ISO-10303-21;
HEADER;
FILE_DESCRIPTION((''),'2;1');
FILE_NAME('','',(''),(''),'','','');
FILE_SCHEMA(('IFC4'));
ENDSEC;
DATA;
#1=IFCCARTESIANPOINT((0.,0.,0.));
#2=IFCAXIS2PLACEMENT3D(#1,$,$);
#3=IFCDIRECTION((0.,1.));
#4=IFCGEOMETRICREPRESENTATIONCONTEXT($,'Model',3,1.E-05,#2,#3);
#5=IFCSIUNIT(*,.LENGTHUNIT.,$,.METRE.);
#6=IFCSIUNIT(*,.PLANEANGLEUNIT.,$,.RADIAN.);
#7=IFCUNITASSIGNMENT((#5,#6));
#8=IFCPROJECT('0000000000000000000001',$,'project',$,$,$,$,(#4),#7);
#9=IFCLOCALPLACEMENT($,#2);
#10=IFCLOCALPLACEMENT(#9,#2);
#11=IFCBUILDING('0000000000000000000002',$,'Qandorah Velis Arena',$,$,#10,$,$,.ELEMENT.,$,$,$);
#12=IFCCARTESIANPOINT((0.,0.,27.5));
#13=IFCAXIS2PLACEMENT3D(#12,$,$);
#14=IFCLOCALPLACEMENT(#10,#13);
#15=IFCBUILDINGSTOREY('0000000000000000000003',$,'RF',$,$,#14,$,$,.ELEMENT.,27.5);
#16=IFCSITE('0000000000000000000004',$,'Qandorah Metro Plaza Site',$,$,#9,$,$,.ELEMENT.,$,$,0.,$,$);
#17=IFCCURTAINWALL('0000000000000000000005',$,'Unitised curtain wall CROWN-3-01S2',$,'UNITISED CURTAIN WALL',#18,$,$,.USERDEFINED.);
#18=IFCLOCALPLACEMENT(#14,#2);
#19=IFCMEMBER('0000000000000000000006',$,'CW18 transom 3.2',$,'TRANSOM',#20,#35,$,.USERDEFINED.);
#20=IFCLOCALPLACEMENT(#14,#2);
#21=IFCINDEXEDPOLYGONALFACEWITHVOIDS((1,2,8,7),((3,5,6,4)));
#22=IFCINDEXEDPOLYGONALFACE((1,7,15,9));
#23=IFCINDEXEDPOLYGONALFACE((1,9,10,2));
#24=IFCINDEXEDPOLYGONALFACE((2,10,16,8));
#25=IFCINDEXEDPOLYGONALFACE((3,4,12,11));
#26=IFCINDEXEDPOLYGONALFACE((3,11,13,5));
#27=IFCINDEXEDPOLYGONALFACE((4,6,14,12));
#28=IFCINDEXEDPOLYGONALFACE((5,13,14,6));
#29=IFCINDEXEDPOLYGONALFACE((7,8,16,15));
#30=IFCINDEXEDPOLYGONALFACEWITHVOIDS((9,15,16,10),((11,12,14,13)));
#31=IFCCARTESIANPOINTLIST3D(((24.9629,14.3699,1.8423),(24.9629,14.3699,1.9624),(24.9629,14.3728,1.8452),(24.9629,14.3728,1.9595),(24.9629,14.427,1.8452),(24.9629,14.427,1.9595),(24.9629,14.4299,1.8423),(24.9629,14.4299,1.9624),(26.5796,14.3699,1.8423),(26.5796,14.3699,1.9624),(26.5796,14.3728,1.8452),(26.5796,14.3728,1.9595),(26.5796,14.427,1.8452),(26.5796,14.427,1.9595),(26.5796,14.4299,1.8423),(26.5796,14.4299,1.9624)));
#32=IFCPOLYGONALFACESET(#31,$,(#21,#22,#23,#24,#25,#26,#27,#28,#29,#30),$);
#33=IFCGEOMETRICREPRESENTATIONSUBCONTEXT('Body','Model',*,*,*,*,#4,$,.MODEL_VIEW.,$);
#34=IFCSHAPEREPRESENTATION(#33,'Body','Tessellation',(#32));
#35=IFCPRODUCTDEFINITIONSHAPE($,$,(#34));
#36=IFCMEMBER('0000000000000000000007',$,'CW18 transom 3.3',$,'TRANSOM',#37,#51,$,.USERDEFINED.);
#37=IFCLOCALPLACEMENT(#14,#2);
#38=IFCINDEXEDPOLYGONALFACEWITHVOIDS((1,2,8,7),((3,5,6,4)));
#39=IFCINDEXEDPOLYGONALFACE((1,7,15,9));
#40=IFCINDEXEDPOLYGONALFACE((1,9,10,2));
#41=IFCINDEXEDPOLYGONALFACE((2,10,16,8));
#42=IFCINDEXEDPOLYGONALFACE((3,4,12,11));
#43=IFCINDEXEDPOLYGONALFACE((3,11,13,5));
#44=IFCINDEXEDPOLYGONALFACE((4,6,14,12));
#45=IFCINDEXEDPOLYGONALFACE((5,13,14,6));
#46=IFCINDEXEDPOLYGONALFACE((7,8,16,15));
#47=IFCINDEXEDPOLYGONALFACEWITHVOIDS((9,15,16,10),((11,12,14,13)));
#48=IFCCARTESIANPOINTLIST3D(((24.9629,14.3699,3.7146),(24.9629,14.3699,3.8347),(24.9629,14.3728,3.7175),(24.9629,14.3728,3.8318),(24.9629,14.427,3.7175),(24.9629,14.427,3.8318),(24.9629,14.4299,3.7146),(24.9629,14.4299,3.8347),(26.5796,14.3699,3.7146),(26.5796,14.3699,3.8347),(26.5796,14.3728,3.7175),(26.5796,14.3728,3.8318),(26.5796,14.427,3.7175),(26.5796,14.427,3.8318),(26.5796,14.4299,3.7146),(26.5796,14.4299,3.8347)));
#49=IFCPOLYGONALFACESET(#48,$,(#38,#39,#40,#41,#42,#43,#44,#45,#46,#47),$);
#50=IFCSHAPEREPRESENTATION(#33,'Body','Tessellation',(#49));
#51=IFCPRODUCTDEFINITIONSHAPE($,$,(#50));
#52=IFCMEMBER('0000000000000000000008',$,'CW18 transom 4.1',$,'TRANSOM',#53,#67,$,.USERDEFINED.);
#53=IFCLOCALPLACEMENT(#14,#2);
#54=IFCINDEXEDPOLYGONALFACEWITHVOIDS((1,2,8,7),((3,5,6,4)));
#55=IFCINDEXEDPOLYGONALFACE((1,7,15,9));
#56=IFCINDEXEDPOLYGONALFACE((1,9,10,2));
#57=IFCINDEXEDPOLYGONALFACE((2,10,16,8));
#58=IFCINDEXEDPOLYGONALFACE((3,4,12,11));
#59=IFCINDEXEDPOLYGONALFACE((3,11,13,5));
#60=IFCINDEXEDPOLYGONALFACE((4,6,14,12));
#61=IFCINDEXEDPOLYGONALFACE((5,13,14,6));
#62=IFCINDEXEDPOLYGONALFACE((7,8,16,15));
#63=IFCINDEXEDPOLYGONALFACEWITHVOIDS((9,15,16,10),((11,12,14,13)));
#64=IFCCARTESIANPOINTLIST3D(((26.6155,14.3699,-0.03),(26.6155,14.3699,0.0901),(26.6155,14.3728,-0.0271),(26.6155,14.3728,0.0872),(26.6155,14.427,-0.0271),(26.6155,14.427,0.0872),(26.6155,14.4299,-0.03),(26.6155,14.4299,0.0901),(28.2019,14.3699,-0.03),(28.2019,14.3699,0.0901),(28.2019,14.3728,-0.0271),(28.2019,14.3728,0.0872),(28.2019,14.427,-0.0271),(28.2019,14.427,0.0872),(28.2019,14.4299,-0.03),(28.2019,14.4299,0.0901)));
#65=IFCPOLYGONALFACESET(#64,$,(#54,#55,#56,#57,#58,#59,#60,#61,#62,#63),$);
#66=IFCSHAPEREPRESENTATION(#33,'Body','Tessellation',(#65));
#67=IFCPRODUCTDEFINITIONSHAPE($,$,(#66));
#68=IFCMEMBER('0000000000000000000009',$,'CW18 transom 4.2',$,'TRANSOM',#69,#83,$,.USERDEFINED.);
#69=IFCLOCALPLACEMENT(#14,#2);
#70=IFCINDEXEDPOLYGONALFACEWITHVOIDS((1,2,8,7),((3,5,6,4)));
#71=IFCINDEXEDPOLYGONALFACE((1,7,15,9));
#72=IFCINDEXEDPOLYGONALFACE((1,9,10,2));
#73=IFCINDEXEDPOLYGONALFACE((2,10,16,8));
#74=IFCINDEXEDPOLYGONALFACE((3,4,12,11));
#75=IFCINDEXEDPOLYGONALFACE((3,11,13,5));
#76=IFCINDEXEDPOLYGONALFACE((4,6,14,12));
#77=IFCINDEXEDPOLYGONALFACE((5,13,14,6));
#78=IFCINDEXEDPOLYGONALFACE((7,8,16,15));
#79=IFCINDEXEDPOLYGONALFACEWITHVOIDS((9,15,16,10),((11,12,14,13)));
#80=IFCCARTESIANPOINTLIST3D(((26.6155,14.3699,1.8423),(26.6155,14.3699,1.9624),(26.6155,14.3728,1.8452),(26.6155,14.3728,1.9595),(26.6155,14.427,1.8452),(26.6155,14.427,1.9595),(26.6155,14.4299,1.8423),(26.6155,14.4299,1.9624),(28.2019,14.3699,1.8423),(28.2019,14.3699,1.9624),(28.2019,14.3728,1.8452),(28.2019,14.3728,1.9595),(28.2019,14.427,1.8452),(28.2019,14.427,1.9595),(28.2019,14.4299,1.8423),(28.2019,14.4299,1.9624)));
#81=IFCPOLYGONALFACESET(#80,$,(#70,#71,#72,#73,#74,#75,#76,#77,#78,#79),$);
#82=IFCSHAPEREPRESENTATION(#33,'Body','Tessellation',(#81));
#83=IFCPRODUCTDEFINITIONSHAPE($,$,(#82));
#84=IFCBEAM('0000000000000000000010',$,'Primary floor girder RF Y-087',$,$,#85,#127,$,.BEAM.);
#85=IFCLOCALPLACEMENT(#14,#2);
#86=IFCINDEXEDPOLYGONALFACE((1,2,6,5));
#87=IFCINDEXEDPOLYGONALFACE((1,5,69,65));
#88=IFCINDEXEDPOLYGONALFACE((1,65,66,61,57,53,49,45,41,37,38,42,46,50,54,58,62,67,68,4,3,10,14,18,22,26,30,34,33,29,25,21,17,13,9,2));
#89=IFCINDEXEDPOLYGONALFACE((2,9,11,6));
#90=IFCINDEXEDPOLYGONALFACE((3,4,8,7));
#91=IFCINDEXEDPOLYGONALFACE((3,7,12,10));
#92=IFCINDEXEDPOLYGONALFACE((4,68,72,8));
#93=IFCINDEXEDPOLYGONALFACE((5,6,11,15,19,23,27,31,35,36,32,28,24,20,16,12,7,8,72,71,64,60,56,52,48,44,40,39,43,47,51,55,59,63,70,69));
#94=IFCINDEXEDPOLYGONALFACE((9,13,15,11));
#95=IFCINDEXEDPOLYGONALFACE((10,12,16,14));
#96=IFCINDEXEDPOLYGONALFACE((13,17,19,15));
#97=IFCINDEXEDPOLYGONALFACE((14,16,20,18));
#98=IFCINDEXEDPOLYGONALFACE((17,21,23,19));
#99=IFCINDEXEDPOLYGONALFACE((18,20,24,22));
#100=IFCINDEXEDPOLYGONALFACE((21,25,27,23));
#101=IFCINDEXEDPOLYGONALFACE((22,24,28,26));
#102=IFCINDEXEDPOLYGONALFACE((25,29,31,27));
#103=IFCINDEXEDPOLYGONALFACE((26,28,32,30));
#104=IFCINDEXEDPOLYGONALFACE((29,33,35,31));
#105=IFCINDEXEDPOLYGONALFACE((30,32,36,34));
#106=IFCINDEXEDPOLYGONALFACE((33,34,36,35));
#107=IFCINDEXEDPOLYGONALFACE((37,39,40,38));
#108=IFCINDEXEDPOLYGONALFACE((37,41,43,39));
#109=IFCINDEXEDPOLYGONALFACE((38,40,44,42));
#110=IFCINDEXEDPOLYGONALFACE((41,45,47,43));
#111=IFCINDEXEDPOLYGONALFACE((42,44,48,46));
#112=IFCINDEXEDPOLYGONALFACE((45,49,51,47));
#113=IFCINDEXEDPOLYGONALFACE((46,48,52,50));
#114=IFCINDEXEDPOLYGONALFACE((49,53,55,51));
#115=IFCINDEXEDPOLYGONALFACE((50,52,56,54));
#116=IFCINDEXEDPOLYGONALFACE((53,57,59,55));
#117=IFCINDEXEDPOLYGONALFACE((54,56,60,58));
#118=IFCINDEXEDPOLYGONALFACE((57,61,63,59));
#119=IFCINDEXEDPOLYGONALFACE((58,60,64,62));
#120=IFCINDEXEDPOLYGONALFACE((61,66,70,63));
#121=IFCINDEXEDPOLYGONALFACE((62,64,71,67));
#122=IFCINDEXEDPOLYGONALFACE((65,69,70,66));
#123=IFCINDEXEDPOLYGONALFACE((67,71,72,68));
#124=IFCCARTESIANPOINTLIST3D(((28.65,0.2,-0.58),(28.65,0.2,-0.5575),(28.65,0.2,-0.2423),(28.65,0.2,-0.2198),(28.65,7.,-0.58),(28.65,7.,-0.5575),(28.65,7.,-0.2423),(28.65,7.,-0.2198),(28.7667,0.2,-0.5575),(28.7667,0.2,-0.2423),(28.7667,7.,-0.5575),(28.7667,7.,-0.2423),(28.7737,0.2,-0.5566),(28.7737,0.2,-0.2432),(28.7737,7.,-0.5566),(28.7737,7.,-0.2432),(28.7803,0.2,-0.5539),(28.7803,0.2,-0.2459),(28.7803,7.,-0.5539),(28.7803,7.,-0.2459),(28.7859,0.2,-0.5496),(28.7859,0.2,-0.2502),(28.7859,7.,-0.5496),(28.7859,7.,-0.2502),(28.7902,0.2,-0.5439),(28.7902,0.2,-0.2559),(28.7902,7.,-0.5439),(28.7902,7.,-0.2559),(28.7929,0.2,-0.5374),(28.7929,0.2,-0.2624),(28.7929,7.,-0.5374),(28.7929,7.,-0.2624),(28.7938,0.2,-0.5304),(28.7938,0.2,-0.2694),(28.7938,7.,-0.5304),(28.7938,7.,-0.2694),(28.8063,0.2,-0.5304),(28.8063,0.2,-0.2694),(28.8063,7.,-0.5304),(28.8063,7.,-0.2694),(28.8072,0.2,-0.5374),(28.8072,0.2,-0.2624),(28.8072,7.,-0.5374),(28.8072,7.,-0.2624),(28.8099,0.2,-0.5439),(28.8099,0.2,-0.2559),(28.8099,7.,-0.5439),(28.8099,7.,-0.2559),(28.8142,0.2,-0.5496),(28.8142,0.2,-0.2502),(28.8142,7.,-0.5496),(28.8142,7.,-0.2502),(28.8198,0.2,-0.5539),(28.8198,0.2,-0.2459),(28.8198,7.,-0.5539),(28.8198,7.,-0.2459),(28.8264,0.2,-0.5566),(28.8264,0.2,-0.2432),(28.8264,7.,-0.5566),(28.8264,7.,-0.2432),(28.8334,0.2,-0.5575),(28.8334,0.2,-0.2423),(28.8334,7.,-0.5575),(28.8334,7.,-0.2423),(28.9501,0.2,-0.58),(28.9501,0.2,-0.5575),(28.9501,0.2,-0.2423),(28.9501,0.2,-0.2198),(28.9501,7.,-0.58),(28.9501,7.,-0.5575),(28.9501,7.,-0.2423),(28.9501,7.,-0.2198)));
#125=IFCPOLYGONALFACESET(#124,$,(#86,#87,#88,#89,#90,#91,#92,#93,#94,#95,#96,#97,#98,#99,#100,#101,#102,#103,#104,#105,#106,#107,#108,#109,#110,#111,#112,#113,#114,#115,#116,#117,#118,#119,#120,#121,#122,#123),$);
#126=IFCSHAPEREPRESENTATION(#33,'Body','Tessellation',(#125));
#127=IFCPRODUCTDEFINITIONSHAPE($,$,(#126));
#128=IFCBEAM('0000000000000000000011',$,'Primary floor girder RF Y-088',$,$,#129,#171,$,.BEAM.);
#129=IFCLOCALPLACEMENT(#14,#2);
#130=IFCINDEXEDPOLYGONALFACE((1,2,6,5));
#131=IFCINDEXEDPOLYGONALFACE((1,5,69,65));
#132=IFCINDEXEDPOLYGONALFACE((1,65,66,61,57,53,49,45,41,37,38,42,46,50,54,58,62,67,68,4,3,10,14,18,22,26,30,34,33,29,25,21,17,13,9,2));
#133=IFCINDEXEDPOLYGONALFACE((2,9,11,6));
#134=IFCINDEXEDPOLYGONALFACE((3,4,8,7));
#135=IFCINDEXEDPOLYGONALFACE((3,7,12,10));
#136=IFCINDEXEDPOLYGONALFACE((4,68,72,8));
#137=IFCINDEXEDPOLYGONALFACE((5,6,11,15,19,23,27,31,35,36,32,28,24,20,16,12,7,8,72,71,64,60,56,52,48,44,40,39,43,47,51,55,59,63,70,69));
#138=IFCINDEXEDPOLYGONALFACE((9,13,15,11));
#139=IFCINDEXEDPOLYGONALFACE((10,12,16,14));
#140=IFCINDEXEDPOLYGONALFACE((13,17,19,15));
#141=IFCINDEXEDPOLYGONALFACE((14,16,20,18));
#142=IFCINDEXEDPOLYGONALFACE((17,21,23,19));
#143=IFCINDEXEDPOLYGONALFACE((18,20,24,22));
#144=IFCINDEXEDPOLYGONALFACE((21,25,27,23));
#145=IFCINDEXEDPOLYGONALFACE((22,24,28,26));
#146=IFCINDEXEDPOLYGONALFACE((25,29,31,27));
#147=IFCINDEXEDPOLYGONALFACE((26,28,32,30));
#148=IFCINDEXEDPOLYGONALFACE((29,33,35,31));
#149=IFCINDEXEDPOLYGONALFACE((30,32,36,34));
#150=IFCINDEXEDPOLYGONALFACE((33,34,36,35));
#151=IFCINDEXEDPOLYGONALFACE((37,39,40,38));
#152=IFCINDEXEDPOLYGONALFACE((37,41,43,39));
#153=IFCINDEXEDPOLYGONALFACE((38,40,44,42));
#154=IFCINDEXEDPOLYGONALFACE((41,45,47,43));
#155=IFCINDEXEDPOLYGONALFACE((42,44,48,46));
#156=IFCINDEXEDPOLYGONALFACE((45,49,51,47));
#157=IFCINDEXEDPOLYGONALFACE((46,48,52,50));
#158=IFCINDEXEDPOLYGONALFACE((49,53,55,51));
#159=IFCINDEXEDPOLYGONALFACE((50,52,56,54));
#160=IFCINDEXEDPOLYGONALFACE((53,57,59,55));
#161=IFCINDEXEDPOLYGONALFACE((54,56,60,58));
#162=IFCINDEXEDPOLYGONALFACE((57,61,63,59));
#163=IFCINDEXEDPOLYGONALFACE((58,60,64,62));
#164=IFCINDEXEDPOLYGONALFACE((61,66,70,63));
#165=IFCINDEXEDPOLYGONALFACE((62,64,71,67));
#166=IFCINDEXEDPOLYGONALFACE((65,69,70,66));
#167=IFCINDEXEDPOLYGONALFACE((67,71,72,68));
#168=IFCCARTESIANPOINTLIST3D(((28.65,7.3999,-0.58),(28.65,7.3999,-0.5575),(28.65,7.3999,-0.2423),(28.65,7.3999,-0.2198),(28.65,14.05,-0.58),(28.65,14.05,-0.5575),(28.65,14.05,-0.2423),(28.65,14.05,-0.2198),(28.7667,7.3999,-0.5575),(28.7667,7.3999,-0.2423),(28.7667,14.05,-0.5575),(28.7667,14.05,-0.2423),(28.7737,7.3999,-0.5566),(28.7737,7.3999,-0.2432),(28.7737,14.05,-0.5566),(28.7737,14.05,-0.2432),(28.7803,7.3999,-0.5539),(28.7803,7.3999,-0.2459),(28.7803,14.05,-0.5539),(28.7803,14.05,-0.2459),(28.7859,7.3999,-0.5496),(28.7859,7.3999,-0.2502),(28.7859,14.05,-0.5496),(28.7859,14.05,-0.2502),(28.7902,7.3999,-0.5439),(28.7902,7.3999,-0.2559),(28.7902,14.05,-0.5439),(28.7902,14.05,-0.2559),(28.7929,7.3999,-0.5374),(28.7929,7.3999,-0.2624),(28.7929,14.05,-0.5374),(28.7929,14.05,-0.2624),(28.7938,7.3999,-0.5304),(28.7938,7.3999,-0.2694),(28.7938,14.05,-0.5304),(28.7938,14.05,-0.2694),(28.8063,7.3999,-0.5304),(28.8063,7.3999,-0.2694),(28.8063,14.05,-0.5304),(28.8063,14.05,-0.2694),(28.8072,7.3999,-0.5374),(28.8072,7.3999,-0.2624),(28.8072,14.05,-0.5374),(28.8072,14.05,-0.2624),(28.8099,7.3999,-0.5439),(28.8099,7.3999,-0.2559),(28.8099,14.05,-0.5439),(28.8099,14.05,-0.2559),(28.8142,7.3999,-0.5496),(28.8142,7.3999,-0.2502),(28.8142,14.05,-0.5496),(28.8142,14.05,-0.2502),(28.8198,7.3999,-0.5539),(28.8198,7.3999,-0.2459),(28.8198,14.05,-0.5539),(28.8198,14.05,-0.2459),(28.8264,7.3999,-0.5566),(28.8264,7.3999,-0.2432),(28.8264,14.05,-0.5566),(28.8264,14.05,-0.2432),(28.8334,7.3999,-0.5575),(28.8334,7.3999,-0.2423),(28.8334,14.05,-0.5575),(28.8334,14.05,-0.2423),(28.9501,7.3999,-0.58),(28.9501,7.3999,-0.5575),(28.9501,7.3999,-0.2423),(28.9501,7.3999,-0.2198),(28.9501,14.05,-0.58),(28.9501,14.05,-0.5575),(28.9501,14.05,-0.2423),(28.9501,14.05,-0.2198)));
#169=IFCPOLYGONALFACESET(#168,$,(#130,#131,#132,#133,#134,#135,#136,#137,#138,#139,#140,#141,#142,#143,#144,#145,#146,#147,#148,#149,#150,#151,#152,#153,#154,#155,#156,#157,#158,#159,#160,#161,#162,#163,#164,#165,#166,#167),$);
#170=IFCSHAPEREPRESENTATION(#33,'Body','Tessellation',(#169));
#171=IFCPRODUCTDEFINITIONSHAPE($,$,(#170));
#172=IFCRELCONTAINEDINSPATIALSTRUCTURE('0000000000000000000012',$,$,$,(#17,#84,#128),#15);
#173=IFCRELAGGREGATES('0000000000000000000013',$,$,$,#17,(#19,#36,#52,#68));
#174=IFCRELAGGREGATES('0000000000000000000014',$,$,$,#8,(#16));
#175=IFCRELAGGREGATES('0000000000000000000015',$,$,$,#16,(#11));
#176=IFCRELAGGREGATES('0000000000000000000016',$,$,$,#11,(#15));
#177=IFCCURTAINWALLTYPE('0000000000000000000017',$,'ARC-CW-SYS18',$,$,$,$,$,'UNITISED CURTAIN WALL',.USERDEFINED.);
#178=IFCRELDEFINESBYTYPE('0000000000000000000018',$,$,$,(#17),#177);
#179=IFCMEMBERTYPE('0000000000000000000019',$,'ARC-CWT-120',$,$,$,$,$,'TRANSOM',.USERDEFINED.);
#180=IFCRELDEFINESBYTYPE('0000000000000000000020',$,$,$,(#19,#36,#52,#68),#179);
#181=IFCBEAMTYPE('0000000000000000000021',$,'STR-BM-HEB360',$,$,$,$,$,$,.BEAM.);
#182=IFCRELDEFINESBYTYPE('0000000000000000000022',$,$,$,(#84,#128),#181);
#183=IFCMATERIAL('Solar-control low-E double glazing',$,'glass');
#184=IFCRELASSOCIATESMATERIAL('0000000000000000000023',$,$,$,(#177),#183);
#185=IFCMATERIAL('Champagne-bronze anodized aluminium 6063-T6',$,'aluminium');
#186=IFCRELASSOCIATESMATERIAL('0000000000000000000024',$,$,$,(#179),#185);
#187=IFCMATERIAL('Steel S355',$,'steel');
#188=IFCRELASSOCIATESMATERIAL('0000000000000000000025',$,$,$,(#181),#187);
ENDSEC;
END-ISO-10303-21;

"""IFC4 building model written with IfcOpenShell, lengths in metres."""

from ifc_helpers import new_model, si_unit, direction, frame, origin, origin_2d, place, context, subcontext, project, spatial, hollow_rectangle, i_section, extrude, material, material_profile, profile_set, type_object, element, aggregate, save


model = new_model("IFC4")

# Units and contexts
model_context = context("Model", 3, precision=1e-05, world=origin(), true_north=direction((0.0, 1.0)))
body_context = subcontext(model_context, "Body", "Model", "MODEL_VIEW")
ifc_project = project(units=[si_unit("LENGTHUNIT", "METRE"), si_unit("PLANEANGLEUNIT", "RADIAN")], contexts=[model_context])

# Site, building, storey
site_placement = place(None, origin())
site = spatial("IfcSite", under=ifc_project, at=site_placement, Name="Qandorah Metro Plaza Site", CompositionType="ELEMENT", RefElevation=0.0)
building_placement = place(site_placement, origin())
building = spatial("IfcBuilding", under=site, at=building_placement, Name="Qandorah Velis Arena", CompositionType="ELEMENT")
storey_placement = place(building_placement, frame((0.0, 0.0, 27.5)))
storey = spatial("IfcBuildingStorey", under=building, at=storey_placement, Name="RF", CompositionType="ELEMENT", Elevation=27.5)

# Curtain wall, members
ifc_material_1 = material(Name="Solar-control low-E double glazing", Category="glass")
curtain_wall_type = type_object("IfcCurtainWallType", Name="ARC-CW-SYS18", ElementType="UNITISED CURTAIN WALL", PredefinedType="USERDEFINED", material=ifc_material_1)
curtain_wall_placement = place(storey_placement, origin())
curtain_wall = element("IfcCurtainWall", 1, at=curtain_wall_placement, inside=storey, type_object=curtain_wall_type, Name="Unitised curtain wall CROWN-3-01S2", ObjectType="UNITISED CURTAIN WALL", PredefinedType="USERDEFINED")
ifc_material_2 = material(Name="Champagne-bronze anodized aluminium 6063-T6", Category="aluminium")
ifc_material_profile_1 = material_profile(ifc_material_2, hollow_rectangle(XDim=0.0601, YDim=0.1201, WallThickness=0.0029, at=origin_2d()), Name="ALU TRANSOM 60x120")
ifc_profile_set_1 = profile_set([ifc_material_profile_1], Name="Champagne-bronze anodized aluminium 6063-T6")
member_type_1 = type_object("IfcMemberType", Name="ARC-CWT-120", ElementType="TRANSOM", PredefinedType="USERDEFINED", material=ifc_profile_set_1)
member_1_placement = place(storey_placement, frame((24.9629, 14.3999, 1.9023), z_axis=(1.0, 0.0, 0.0), x_axis=(0.0, 1.0, 0.0)))
member_1 = element("IfcMember", 2, at=member_1_placement, type_object=member_type_1, Name="CW18 transom 3.2", ObjectType="TRANSOM", PredefinedType="USERDEFINED", context=body_context, shape_type="SweptSolid", body=[
    extrude(hollow_rectangle(XDim=0.0601, YDim=0.1201, WallThickness=0.0029, at=origin_2d()), origin(), (0.0, 0.0, 1.0), 1.6167),
])
member_2_placement = place(storey_placement, frame((24.9629, 14.3999, 3.7747), z_axis=(1.0, 0.0, 0.0), x_axis=(0.0, 1.0, 0.0)))
member_2 = element("IfcMember", 3, at=member_2_placement, type_object=member_type_1, Name="CW18 transom 3.3", ObjectType="TRANSOM", PredefinedType="USERDEFINED", context=body_context, shape_type="SweptSolid", body=[
    extrude(hollow_rectangle(XDim=0.0601, YDim=0.1201, WallThickness=0.0029, at=origin_2d()), origin(), (0.0, 0.0, 1.0), 1.6167),
])
member_3_placement = place(storey_placement, frame((26.6155, 14.3999, 0.03), z_axis=(1.0, 0.0, 0.0), x_axis=(0.0, 1.0, 0.0)))
member_3 = element("IfcMember", 4, at=member_3_placement, type_object=member_type_1, Name="CW18 transom 4.1", ObjectType="TRANSOM", PredefinedType="USERDEFINED", context=body_context, shape_type="SweptSolid", body=[
    extrude(hollow_rectangle(XDim=0.0601, YDim=0.1201, WallThickness=0.0029, at=origin_2d()), origin(), (0.0, 0.0, 1.0), 1.5864),
])
member_4_placement = place(storey_placement, frame((26.6155, 14.3999, 1.9023), z_axis=(1.0, 0.0, 0.0), x_axis=(0.0, 1.0, 0.0)))
member_4 = element("IfcMember", 5, at=member_4_placement, type_object=member_type_1, Name="CW18 transom 4.2", ObjectType="TRANSOM", PredefinedType="USERDEFINED", context=body_context, shape_type="SweptSolid", body=[
    extrude(hollow_rectangle(XDim=0.0601, YDim=0.1201, WallThickness=0.0029, at=origin_2d()), origin(), (0.0, 0.0, 1.0), 1.5864),
])

# Beams
ifc_material_3 = material(Name="Steel S355", Category="steel")
ifc_material_profile_2 = material_profile(ifc_material_3, i_section(OverallWidth=0.3, OverallDepth=0.3601, WebThickness=0.0125, FlangeThickness=0.0225, FilletRadius=0.0271, at=origin_2d()), Name="HEB 360")
ifc_profile_set_2 = profile_set([ifc_material_profile_2], Name="Steel S355")
beam_type_1 = type_object("IfcBeamType", Name="STR-BM-HEB360", PredefinedType="BEAM", material=ifc_profile_set_2)
beam_1_placement = place(storey_placement, frame((28.8, 0.2, -0.3999), z_axis=(0.0, 1.0, 0.0), x_axis=(-1.0, 0.0, 0.0)))
element("IfcBeam", 6, at=beam_1_placement, inside=storey, type_object=beam_type_1, Name="Primary floor girder RF Y-087", PredefinedType="BEAM", context=body_context, shape_type="SweptSolid", body=[
    extrude(i_section(OverallWidth=0.3, OverallDepth=0.3601, WebThickness=0.0125, FlangeThickness=0.0225, FilletRadius=0.0271, at=origin_2d()), origin(), (0.0, 0.0, 1.0), 6.8),
])
beam_2_placement = place(storey_placement, frame((28.8, 7.3999, -0.3999), z_axis=(0.0, 1.0, 0.0), x_axis=(-1.0, 0.0, 0.0)))
element("IfcBeam", 7, at=beam_2_placement, inside=storey, type_object=beam_type_1, Name="Primary floor girder RF Y-088", PredefinedType="BEAM", context=body_context, shape_type="SweptSolid", body=[
    extrude(i_section(OverallWidth=0.3, OverallDepth=0.3601, WebThickness=0.0125, FlangeThickness=0.0225, FilletRadius=0.0271, at=origin_2d()), origin(), (0.0, 0.0, 1.0), 6.6501),
])

aggregate(curtain_wall, [member_1, member_2, member_3, member_4])

save(model, "model.ifc")
